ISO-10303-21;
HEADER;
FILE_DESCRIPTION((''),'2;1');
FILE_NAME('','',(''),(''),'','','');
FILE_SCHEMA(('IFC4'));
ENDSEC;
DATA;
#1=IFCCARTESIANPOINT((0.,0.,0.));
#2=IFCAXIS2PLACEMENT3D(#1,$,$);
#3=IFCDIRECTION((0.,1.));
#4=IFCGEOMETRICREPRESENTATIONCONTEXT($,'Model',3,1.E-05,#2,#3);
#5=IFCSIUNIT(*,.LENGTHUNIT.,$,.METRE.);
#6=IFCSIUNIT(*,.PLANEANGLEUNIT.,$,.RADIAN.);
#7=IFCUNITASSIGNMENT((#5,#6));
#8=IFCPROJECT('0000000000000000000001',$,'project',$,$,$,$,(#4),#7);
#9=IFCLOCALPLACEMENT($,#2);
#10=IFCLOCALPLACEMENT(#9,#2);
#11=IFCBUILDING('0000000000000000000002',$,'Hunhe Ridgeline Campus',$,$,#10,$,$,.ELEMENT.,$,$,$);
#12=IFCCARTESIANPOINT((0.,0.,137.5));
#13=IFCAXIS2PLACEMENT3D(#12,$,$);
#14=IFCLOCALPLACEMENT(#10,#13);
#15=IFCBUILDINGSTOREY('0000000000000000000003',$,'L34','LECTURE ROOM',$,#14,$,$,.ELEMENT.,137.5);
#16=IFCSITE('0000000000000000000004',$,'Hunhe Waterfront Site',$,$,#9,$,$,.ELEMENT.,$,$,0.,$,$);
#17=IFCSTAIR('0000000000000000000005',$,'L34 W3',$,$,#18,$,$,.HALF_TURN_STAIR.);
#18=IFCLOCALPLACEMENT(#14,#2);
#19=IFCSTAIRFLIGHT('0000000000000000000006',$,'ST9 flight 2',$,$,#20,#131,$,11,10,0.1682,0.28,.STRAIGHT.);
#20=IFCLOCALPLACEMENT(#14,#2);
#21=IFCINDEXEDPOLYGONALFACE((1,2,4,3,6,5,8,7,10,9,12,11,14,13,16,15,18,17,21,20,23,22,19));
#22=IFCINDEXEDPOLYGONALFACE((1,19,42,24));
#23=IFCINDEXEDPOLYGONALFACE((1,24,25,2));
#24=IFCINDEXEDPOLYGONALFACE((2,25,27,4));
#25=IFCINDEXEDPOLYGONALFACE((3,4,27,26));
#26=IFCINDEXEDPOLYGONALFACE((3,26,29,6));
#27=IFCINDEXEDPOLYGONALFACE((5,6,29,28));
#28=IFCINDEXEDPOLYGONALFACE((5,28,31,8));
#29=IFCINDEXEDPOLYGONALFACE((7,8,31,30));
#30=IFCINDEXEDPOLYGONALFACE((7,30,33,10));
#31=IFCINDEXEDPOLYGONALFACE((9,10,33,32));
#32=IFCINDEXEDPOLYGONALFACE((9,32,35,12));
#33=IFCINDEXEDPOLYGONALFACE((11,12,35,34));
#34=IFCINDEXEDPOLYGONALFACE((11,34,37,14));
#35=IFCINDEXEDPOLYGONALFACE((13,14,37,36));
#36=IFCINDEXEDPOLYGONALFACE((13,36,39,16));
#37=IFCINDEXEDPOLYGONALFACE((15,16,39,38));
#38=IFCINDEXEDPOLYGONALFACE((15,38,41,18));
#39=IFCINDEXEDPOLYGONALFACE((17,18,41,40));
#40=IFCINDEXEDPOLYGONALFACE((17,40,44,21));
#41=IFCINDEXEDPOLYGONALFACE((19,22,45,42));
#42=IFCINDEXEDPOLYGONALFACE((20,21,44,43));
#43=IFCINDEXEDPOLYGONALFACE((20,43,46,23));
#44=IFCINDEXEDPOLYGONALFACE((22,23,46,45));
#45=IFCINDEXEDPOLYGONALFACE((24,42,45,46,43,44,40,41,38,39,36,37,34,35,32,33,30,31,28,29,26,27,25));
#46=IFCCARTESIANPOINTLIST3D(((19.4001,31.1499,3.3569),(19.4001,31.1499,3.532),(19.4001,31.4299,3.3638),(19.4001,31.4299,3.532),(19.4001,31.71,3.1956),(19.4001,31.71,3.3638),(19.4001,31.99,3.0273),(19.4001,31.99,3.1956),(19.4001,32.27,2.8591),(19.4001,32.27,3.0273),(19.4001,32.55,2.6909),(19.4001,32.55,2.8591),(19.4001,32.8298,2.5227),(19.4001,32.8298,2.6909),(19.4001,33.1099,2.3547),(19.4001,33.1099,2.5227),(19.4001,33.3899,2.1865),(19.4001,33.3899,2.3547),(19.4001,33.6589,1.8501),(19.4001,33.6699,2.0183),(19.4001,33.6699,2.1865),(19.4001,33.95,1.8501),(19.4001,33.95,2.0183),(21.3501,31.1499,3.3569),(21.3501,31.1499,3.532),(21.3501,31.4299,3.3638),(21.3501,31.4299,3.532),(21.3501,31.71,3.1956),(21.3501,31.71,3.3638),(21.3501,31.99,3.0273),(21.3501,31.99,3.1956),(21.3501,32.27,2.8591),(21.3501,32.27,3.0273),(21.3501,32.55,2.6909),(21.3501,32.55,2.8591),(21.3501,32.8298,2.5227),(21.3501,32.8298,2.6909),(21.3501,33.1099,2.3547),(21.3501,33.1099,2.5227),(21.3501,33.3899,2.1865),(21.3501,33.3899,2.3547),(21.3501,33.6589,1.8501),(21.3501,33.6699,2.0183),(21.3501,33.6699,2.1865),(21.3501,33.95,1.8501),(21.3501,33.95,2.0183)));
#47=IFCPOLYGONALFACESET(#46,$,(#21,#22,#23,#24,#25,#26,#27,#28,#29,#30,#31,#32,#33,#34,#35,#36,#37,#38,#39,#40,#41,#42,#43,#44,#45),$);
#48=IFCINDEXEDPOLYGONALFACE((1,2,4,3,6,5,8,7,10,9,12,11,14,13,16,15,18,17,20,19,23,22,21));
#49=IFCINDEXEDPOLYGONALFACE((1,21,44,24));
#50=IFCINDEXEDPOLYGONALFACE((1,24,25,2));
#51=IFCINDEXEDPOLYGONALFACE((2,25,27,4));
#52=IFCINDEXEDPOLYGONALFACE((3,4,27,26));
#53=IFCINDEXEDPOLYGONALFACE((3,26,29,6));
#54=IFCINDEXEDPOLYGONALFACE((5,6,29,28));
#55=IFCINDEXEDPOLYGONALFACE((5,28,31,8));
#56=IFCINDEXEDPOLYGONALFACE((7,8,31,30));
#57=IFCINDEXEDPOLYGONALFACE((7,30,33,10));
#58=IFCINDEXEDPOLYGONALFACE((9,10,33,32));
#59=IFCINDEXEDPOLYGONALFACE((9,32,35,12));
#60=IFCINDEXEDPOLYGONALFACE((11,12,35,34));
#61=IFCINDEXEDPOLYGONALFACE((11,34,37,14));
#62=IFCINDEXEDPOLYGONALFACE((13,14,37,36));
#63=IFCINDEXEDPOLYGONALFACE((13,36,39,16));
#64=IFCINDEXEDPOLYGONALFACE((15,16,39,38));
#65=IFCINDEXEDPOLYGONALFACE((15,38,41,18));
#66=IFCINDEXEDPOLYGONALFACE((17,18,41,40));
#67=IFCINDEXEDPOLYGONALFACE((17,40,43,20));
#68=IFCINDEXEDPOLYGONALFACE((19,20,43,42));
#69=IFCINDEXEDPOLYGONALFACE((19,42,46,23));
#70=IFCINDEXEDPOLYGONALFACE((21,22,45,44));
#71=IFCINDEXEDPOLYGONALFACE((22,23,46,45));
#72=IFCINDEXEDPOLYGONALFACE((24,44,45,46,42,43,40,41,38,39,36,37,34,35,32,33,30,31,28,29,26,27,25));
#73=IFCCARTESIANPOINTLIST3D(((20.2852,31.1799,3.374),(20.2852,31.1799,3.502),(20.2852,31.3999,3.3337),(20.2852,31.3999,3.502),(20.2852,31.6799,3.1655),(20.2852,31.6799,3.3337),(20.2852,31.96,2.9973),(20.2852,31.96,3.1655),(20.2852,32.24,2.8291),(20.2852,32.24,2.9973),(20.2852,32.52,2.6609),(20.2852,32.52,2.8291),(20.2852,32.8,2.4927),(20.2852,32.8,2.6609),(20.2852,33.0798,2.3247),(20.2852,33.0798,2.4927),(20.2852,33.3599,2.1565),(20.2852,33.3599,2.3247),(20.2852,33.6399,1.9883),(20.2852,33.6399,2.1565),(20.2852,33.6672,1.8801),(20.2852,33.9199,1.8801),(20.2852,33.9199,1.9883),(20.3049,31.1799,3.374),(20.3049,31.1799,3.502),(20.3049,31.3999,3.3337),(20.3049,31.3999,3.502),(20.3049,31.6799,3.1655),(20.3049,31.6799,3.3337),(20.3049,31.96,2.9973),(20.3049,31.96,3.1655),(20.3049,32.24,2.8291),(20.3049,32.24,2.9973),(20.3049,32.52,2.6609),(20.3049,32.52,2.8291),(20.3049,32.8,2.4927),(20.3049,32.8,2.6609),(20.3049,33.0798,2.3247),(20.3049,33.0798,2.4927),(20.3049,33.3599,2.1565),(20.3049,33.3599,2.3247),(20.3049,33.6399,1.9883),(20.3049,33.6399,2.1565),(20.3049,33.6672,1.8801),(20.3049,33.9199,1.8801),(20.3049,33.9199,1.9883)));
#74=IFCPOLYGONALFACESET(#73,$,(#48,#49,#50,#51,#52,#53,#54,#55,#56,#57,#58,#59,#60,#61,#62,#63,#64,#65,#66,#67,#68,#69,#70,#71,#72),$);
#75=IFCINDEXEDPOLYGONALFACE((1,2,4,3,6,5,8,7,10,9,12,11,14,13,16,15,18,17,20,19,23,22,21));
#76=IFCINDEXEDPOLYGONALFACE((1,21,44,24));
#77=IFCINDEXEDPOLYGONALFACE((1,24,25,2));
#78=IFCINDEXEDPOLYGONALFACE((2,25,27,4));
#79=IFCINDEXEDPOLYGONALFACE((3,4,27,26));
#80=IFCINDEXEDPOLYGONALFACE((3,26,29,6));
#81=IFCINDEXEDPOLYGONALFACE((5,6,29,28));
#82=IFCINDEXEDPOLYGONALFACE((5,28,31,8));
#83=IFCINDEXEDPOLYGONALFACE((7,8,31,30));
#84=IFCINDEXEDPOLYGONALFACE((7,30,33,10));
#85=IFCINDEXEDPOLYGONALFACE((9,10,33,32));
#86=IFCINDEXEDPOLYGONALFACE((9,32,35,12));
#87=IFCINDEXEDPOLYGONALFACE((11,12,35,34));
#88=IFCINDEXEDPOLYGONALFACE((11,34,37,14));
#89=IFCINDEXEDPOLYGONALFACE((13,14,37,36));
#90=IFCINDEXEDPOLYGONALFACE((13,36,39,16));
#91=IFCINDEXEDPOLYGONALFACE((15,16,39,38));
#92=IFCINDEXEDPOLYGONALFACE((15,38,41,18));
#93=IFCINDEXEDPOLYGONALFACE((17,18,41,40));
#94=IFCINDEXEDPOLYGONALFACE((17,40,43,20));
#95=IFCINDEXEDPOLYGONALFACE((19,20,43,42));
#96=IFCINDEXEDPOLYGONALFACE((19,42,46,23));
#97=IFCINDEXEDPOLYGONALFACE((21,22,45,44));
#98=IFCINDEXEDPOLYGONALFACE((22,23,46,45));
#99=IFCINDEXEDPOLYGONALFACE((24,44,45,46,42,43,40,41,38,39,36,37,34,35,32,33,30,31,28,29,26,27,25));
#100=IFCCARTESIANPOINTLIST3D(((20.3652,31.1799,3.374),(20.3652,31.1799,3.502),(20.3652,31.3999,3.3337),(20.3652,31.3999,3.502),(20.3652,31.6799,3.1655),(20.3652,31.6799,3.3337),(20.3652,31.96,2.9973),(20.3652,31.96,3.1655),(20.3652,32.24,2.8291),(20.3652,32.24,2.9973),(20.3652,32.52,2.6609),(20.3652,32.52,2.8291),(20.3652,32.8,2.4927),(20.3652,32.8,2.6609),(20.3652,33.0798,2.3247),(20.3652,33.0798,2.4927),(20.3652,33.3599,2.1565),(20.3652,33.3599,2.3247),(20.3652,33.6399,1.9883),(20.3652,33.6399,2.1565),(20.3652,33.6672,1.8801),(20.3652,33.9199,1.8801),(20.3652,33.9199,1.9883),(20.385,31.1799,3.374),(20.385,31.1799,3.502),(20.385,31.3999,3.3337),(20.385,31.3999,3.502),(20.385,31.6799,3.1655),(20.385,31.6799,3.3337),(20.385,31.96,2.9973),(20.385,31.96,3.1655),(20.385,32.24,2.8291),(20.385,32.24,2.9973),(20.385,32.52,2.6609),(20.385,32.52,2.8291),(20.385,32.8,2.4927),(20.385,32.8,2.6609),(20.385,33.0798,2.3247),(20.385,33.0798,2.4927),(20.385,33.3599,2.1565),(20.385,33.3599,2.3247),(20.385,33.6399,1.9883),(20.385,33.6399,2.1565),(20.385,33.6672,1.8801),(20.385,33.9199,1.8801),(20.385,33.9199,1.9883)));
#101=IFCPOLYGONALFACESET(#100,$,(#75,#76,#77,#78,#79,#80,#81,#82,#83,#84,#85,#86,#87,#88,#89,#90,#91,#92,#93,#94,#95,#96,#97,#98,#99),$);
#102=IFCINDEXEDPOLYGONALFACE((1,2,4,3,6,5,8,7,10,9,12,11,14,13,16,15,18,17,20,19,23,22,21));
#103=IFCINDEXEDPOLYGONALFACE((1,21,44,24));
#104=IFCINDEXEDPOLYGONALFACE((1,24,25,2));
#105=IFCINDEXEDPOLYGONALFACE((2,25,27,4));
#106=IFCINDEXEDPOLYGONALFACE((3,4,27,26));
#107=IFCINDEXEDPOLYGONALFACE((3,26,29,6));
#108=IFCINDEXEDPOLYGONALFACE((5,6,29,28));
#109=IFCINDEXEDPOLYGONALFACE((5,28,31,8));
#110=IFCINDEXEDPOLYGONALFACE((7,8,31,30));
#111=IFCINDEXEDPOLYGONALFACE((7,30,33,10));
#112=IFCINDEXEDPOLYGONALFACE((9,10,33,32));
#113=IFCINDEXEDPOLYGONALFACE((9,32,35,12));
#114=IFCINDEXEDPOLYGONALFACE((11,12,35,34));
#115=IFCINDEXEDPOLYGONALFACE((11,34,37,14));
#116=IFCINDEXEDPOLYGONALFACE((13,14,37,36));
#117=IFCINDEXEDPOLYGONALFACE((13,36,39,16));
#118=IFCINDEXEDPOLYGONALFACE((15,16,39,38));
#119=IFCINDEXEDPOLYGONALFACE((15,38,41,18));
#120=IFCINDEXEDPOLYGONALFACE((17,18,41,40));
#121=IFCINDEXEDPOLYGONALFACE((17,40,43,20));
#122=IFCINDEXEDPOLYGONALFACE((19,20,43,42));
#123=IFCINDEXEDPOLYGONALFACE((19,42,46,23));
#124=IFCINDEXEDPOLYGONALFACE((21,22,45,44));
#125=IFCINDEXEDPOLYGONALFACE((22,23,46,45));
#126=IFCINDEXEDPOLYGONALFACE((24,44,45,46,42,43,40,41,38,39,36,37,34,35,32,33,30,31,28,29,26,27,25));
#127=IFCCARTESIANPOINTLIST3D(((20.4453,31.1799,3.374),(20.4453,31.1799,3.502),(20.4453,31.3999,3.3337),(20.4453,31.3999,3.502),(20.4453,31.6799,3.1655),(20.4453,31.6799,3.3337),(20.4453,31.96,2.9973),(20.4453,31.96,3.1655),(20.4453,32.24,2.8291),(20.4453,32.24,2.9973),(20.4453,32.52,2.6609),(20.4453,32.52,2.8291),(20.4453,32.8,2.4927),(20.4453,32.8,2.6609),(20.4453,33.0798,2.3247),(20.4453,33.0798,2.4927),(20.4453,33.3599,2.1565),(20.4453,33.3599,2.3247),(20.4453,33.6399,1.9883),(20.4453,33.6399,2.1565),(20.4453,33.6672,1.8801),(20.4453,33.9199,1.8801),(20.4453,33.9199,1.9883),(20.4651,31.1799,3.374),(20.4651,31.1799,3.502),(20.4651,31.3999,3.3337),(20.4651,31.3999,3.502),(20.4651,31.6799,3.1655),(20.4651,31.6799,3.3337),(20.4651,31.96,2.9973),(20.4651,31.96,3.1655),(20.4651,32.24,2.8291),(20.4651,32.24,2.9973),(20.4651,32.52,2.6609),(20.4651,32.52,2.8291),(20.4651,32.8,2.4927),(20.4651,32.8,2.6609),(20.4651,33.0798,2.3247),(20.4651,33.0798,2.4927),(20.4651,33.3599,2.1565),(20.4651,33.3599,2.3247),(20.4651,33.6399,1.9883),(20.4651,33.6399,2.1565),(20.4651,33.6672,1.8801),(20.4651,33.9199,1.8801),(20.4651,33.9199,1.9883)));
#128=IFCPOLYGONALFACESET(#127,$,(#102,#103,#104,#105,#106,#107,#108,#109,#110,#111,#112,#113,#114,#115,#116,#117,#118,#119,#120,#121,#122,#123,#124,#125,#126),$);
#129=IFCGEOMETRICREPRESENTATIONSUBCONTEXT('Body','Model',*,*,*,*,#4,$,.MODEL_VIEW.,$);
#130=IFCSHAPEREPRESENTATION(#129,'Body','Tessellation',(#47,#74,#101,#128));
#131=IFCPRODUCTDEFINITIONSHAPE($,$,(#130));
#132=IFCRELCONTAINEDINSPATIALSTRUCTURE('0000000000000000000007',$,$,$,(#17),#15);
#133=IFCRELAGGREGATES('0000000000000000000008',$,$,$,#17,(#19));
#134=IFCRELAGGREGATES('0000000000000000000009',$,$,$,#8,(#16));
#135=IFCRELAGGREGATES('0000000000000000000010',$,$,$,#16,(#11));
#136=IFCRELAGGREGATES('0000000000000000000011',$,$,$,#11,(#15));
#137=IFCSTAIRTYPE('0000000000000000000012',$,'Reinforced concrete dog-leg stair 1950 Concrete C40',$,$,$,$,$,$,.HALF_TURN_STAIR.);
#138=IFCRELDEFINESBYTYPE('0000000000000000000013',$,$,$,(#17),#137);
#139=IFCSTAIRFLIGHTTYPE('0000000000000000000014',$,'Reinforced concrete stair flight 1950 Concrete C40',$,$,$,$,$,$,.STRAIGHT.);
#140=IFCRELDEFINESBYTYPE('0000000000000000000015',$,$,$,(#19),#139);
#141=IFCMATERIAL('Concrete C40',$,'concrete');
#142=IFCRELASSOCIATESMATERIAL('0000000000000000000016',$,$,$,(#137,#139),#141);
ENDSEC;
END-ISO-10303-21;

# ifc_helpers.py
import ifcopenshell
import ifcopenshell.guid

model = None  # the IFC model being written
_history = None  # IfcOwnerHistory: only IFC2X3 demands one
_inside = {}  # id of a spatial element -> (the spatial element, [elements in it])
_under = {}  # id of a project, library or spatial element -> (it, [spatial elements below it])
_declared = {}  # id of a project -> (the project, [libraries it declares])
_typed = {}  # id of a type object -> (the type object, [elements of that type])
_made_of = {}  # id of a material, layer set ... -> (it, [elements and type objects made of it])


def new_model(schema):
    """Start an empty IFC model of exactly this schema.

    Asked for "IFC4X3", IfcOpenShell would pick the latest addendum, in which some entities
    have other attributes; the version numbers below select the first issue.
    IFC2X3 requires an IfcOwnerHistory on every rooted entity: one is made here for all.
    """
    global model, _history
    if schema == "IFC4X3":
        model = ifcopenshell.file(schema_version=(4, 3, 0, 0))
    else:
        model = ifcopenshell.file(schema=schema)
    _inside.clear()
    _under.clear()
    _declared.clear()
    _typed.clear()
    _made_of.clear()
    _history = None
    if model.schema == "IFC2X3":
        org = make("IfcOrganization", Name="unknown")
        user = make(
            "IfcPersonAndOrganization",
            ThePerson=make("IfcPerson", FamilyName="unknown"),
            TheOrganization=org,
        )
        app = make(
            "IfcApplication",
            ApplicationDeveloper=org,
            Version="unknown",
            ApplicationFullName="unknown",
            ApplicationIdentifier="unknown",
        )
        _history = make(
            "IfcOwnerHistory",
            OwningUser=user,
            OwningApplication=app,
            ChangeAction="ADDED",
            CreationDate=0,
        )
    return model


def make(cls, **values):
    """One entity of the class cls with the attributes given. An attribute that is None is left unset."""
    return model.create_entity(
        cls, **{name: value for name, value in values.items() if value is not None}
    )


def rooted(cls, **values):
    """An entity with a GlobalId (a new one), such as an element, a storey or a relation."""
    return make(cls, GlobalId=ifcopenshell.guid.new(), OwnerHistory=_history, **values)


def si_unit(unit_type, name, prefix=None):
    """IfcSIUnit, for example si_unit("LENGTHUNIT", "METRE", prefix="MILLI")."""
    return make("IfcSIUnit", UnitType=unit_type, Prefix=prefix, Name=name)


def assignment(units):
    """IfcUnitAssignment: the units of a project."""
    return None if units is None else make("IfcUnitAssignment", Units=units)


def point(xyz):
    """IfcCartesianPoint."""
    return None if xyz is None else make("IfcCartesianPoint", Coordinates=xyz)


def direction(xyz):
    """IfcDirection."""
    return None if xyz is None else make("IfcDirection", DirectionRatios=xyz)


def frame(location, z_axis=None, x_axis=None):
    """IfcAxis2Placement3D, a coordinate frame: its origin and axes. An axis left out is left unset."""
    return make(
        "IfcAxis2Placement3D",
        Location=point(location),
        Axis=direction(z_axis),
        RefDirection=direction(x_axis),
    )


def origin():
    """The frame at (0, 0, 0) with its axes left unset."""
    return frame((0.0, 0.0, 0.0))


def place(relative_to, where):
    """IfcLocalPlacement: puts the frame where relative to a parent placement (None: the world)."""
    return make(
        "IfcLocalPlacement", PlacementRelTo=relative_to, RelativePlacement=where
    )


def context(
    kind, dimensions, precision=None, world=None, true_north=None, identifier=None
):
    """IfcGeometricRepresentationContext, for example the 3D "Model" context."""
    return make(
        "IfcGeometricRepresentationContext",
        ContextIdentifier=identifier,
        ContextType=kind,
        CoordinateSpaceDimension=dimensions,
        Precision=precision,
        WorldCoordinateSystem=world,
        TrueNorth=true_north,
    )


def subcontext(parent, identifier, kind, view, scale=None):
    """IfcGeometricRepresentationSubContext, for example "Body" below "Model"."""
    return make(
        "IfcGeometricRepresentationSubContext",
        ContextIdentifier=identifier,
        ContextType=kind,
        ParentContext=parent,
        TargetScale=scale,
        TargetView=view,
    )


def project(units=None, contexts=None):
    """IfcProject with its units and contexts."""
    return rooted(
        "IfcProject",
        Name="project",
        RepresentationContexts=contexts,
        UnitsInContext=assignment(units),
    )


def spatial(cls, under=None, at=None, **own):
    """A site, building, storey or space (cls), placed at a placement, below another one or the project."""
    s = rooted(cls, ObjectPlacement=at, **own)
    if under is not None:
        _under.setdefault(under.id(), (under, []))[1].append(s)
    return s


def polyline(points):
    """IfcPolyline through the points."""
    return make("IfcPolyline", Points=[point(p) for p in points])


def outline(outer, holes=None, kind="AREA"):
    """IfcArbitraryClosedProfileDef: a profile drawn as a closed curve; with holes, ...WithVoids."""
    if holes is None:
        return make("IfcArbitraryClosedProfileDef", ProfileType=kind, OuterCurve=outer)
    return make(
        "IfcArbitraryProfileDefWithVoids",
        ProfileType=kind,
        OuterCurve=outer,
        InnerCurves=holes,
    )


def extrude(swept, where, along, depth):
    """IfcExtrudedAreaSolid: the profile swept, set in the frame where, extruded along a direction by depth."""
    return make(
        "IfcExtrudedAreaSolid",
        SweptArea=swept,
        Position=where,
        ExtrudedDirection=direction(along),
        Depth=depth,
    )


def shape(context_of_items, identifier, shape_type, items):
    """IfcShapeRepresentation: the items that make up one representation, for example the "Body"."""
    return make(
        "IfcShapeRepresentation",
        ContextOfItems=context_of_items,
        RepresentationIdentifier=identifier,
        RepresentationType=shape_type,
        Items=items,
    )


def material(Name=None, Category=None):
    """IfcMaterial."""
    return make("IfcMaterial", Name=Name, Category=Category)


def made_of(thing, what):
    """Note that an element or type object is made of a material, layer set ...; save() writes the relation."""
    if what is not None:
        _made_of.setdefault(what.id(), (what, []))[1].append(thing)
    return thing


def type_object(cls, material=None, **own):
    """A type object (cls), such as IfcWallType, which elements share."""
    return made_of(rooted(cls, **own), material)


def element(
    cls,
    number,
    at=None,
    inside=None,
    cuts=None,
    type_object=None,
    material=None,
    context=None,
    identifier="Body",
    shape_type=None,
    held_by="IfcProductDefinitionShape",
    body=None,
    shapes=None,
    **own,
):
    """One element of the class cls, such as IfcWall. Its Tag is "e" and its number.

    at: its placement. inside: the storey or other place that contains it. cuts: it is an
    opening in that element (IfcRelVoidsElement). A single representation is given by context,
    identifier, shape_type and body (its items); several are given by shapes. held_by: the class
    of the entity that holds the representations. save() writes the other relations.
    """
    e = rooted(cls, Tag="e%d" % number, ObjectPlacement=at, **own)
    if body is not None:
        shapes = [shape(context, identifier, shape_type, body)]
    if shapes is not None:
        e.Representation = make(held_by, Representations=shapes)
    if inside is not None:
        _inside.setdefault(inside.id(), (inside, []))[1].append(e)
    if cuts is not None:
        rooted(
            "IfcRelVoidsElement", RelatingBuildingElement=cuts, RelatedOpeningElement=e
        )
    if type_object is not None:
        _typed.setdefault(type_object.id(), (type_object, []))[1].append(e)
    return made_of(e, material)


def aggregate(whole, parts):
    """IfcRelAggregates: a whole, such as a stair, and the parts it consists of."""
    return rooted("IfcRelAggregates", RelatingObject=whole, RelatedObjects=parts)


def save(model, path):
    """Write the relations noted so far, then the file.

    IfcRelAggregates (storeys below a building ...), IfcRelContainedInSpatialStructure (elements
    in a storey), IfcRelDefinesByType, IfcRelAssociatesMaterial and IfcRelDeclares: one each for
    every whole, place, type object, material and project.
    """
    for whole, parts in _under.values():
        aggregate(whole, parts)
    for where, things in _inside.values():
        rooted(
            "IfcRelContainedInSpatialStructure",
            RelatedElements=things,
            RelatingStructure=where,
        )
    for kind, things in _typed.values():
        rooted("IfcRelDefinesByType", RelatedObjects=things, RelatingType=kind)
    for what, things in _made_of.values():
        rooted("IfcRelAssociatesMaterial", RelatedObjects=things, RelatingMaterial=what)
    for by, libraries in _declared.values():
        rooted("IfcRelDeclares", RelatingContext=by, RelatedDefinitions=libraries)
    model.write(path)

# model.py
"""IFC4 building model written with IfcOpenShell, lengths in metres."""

from ifc_helpers import new_model, si_unit, direction, frame, origin, place, context, subcontext, project, spatial, polyline, outline, extrude, material, type_object, element, aggregate, save


model = new_model("IFC4")

# Units and contexts
model_context = context("Model", 3, precision=1e-05, world=origin(), true_north=direction((0.0, 1.0)))
body_context = subcontext(model_context, "Body", "Model", "MODEL_VIEW")
ifc_project = project(units=[si_unit("LENGTHUNIT", "METRE"), si_unit("PLANEANGLEUNIT", "RADIAN")], contexts=[model_context])

# Site, building, storey
site_placement = place(None, origin())
site = spatial("IfcSite", under=ifc_project, at=site_placement, Name="Hunhe Waterfront Site", CompositionType="ELEMENT", RefElevation=0.0)
building_placement = place(site_placement, origin())
building = spatial("IfcBuilding", under=site, at=building_placement, Name="Hunhe Ridgeline Campus", CompositionType="ELEMENT")
storey_placement = place(building_placement, frame((0.0, 0.0, 137.5)))
storey = spatial("IfcBuildingStorey", under=building, at=storey_placement, Name="L34", Description="LECTURE ROOM", CompositionType="ELEMENT", Elevation=137.5)

# Stair, stair flight
ifc_material_1 = material(Name="Concrete C40", Category="concrete")
stair_type = type_object("IfcStairType", Name="Reinforced concrete dog-leg stair 1950 Concrete C40", PredefinedType="HALF_TURN_STAIR", material=ifc_material_1)
stair_placement = place(storey_placement, origin())
stair = element("IfcStair", 1, at=stair_placement, inside=storey, type_object=stair_type, Name="L34 W3", PredefinedType="HALF_TURN_STAIR")
stair_flight_type = type_object("IfcStairFlightType", Name="Reinforced concrete stair flight 1950 Concrete C40", PredefinedType="STRAIGHT", material=ifc_material_1)
stair_flight_1_placement = place(storey_placement, frame((20.375, 33.95, 1.8501), z_axis=(0.0, 0.0, 1.0), x_axis=(0.0, -1.0, 0.0)))
stair_flight_1 = element("IfcStairFlight", 2, at=stair_flight_1_placement, type_object=stair_flight_type, Name="ST9 flight 2", NumberOfRisers=11, NumberOfTreads=10, PredefinedType="STRAIGHT", RiserHeight=0.1682, TreadLength=0.28, context=body_context, shape_type="SweptSolid", body=[
    extrude(outline(polyline([(0.0, 0.0), (0.0, 0.1682), (0.28, 0.1682), (0.28, 0.3364), (0.5601, 0.3364), (0.5601, 0.5046), (0.8401, 0.5046), (0.8401, 0.6726), (1.1201, 0.6726), (1.1201, 0.8408), (1.3999, 0.8408), (1.3999, 1.009), (1.6799, 1.009), (1.6799, 1.1772), (1.96, 1.1772), (1.96, 1.3455), (2.24, 1.3455), (2.24, 1.5137), (2.52, 1.5137), (2.52, 1.6819), (2.8, 1.6819), (2.8, 1.8501), (2.8, 1.5068), (0.291, 0.0), (0.0, 0.0)])), frame((0.0, 0.9751, 0.0), z_axis=(0.0, -1.0, 0.0), x_axis=(1.0, 0.0, 0.0)), (0.0, 0.0, 1.0), 1.95),
    extrude(outline(polyline([(0.03, 0.03), (0.03, 0.1382), (0.3101, 0.1382), (0.3101, 0.3064), (0.5901, 0.3064), (0.5901, 0.4746), (0.8701, 0.4746), (0.8701, 0.6426), (1.1499, 0.6426), (1.1499, 0.8108), (1.4299, 0.8108), (1.4299, 0.979), (1.71, 0.979), (1.71, 1.1472), (1.99, 1.1472), (1.99, 1.3154), (2.27, 1.3154), (2.27, 1.4836), (2.55, 1.4836), (2.55, 1.6519), (2.77, 1.6519), (2.77, 1.5239), (0.2827, 0.03), (0.03, 0.03)])), frame((0.0, -0.0701, 0.0), z_axis=(0.0, -1.0, 0.0), x_axis=(1.0, 0.0, 0.0)), (0.0, 0.0, 1.0), 0.0198),
    extrude(outline(polyline([(0.03, 0.03), (0.03, 0.1382), (0.3101, 0.1382), (0.3101, 0.3064), (0.5901, 0.3064), (0.5901, 0.4746), (0.8701, 0.4746), (0.8701, 0.6426), (1.1499, 0.6426), (1.1499, 0.8108), (1.4299, 0.8108), (1.4299, 0.979), (1.71, 0.979), (1.71, 1.1472), (1.99, 1.1472), (1.99, 1.3154), (2.27, 1.3154), (2.27, 1.4836), (2.55, 1.4836), (2.55, 1.6519), (2.77, 1.6519), (2.77, 1.5239), (0.2827, 0.03), (0.03, 0.03)])), frame((0.0, 0.01, 0.0), z_axis=(0.0, -1.0, 0.0), x_axis=(1.0, 0.0, 0.0)), (0.0, 0.0, 1.0), 0.0198),
    extrude(outline(polyline([(0.03, 0.03), (0.03, 0.1382), (0.3101, 0.1382), (0.3101, 0.3064), (0.5901, 0.3064), (0.5901, 0.4746), (0.8701, 0.4746), (0.8701, 0.6426), (1.1499, 0.6426), (1.1499, 0.8108), (1.4299, 0.8108), (1.4299, 0.979), (1.71, 0.979), (1.71, 1.1472), (1.99, 1.1472), (1.99, 1.3154), (2.27, 1.3154), (2.27, 1.4836), (2.55, 1.4836), (2.55, 1.6519), (2.77, 1.6519), (2.77, 1.5239), (0.2827, 0.03), (0.03, 0.03)])), frame((0.0, 0.0901, 0.0), z_axis=(0.0, -1.0, 0.0), x_axis=(1.0, 0.0, 0.0)), (0.0, 0.0, 1.0), 0.0198),
])
aggregate(stair, [stair_flight_1])

save(model, "model.ifc")
